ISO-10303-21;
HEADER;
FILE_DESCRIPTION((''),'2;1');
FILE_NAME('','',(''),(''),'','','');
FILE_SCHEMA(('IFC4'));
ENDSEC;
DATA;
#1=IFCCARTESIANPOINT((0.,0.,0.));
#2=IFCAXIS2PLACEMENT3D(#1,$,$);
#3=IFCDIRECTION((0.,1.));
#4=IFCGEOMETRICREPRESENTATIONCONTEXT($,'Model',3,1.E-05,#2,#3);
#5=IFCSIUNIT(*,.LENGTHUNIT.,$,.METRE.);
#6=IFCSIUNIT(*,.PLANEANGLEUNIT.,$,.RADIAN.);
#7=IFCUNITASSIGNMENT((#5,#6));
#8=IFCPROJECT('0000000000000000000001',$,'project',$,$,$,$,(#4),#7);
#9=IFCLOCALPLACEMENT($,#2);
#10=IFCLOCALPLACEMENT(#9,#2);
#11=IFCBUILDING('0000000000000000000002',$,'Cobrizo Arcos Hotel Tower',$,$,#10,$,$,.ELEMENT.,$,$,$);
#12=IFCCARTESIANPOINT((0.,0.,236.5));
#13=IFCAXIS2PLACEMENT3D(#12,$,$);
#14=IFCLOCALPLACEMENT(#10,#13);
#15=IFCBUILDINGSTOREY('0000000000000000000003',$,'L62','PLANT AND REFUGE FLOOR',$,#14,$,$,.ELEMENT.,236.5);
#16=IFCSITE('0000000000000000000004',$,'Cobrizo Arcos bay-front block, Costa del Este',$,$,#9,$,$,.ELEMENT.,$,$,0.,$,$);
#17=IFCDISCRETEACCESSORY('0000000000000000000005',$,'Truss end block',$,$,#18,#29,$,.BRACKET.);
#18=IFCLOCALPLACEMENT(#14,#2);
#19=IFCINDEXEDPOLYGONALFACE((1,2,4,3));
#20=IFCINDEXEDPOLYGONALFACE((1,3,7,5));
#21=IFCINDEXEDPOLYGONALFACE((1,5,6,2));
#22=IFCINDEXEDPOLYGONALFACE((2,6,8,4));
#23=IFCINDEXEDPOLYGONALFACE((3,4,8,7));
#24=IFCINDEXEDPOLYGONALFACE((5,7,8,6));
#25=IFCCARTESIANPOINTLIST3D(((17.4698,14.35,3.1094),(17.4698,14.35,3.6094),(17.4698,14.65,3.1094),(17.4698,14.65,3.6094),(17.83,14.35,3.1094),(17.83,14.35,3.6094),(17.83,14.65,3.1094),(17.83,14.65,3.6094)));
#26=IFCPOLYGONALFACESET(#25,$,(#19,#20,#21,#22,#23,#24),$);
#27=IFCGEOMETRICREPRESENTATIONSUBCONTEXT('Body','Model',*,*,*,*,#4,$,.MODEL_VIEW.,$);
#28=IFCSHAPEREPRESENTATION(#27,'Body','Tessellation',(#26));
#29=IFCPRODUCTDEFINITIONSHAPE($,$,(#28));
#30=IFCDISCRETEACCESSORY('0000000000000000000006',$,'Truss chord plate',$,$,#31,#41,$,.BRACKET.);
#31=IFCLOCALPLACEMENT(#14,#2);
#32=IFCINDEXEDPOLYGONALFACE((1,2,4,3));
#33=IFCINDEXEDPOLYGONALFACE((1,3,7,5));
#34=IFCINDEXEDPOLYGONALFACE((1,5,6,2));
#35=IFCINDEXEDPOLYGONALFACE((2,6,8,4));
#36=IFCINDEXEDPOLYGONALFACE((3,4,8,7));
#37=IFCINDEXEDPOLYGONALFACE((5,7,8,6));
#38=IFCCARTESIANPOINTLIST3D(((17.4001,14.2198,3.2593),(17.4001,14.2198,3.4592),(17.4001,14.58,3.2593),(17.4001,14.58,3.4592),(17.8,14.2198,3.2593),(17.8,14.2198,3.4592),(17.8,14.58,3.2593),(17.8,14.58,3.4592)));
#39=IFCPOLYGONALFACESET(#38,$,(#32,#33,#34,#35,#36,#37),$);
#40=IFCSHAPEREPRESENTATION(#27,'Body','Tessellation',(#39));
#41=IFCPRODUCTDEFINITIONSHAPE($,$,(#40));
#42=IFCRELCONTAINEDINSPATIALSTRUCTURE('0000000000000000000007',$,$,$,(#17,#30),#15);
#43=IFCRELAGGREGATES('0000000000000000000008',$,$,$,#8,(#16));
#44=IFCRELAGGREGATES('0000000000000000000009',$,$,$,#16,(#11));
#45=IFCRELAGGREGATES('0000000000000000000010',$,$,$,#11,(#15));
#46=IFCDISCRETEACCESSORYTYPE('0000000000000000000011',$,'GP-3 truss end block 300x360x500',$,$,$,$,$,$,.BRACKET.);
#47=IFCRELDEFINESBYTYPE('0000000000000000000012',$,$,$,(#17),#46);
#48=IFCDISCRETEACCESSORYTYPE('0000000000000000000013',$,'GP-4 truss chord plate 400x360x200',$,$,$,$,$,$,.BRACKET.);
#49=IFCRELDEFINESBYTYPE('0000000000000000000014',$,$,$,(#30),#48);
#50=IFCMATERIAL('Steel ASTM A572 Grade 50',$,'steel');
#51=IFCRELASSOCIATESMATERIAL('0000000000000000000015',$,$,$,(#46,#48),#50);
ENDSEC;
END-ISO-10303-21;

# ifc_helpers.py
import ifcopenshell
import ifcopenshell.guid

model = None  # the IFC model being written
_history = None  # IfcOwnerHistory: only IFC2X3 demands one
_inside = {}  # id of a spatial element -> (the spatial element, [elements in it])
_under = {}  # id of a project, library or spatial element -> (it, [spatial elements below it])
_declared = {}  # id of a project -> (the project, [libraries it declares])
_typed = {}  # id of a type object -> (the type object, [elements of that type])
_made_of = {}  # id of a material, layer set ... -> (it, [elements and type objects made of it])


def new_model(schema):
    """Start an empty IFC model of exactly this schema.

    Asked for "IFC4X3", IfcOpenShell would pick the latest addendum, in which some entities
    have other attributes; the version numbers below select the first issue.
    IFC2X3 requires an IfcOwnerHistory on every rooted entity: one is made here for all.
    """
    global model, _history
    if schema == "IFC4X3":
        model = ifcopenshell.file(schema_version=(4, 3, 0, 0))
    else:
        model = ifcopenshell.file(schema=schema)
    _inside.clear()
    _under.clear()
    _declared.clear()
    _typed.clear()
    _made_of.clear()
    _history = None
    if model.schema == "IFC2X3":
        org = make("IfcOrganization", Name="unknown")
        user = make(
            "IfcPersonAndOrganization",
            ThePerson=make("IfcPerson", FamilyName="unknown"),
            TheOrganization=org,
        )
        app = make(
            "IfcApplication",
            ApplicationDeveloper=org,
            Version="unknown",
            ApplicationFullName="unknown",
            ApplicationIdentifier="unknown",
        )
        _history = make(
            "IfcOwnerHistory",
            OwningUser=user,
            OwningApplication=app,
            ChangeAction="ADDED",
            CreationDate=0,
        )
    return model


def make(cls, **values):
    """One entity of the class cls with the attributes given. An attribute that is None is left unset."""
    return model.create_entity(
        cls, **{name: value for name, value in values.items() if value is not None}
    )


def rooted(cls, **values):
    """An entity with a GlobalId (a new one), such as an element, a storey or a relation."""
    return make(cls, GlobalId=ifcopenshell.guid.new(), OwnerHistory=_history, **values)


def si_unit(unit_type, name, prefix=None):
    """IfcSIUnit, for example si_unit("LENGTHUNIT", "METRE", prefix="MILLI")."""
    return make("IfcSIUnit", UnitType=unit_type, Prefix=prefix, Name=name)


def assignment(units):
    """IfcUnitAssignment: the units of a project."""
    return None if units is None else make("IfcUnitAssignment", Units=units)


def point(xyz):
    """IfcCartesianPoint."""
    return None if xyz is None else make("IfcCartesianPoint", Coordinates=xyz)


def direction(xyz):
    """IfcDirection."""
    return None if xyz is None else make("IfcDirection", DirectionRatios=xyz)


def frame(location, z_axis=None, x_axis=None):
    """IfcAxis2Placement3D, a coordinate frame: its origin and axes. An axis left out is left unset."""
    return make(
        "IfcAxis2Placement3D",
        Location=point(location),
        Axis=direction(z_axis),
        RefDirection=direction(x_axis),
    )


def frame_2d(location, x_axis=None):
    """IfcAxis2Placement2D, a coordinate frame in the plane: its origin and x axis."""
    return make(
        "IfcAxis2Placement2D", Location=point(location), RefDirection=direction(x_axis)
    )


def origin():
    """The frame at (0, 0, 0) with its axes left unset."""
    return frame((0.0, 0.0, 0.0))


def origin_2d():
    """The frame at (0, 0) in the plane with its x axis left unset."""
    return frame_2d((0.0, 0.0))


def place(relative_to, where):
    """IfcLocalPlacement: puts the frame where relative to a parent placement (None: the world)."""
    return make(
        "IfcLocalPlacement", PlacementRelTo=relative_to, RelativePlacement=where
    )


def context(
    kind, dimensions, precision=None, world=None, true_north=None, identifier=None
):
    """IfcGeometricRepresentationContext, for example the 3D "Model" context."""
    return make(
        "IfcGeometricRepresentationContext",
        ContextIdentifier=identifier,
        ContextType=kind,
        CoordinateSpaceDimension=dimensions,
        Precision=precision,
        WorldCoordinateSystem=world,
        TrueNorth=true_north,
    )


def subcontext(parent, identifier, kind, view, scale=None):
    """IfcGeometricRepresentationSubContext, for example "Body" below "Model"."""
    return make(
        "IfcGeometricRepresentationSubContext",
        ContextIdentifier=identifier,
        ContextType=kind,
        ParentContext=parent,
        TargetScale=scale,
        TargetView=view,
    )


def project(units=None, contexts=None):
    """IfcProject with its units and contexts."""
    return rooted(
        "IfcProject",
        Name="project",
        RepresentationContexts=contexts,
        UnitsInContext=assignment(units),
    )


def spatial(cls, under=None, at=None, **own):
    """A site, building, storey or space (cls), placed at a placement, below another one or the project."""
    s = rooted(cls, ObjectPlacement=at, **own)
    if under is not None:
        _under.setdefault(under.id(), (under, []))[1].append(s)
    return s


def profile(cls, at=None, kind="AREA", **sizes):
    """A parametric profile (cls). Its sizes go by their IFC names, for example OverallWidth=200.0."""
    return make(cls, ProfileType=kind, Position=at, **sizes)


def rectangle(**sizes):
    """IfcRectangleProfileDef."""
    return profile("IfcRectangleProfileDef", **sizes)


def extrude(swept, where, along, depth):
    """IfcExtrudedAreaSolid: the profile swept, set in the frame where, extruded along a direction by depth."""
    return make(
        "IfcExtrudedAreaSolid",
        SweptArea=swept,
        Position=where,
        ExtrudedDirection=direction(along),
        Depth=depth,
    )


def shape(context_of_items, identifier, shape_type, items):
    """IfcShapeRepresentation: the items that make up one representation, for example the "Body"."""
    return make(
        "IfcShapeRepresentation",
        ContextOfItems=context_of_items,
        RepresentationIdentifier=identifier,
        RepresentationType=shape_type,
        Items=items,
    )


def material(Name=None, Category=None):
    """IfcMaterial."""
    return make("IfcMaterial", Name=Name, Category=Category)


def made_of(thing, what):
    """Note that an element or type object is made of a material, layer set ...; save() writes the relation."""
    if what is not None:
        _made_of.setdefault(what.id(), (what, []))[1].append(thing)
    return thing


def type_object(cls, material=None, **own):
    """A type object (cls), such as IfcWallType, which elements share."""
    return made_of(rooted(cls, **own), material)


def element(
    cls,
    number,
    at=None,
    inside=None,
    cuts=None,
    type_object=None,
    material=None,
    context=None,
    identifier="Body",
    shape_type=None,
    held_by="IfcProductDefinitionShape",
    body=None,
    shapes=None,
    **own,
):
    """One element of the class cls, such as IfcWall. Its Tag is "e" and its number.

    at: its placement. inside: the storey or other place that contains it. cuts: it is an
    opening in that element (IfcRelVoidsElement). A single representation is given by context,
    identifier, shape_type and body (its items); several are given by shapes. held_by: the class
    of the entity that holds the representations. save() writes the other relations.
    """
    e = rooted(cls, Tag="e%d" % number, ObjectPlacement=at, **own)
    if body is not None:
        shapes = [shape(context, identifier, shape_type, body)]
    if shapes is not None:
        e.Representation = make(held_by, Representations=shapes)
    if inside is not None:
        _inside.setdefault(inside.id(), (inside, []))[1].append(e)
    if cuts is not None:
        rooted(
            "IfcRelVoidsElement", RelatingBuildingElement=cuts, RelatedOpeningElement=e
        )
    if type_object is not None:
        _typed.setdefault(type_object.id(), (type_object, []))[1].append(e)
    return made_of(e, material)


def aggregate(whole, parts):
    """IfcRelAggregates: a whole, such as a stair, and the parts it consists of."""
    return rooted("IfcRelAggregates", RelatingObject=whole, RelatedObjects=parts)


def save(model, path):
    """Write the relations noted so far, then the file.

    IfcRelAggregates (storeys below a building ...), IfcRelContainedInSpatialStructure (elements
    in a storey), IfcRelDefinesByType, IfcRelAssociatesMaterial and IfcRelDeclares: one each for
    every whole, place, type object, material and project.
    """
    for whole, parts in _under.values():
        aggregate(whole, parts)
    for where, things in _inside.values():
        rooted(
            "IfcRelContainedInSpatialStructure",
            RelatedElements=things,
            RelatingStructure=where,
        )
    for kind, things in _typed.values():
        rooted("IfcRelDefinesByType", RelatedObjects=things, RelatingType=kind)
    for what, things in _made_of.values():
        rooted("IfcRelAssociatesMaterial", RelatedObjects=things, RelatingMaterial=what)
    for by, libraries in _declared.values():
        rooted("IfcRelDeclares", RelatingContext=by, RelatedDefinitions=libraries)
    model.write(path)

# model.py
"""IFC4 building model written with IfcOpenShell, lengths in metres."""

from ifc_helpers import new_model, si_unit, direction, frame, origin, origin_2d, place, context, subcontext, project, spatial, rectangle, extrude, material, type_object, element, save


model = new_model("IFC4")

# Units and contexts
model_context = context("Model", 3, precision=1e-05, world=origin(), true_north=direction((0.0, 1.0)))
body_context = subcontext(model_context, "Body", "Model", "MODEL_VIEW")
ifc_project = project(units=[si_unit("LENGTHUNIT", "METRE"), si_unit("PLANEANGLEUNIT", "RADIAN")], contexts=[model_context])

# Site, building, storey
site_placement = place(None, origin())
site = spatial("IfcSite", under=ifc_project, at=site_placement, Name="Cobrizo Arcos bay-front block, Costa del Este", CompositionType="ELEMENT", RefElevation=0.0)
building_placement = place(site_placement, origin())
building = spatial("IfcBuilding", under=site, at=building_placement, Name="Cobrizo Arcos Hotel Tower", CompositionType="ELEMENT")
storey_placement = place(building_placement, frame((0.0, 0.0, 236.5)))
storey = spatial("IfcBuildingStorey", under=building, at=storey_placement, Name="L62", Description="PLANT AND REFUGE FLOOR", CompositionType="ELEMENT", Elevation=236.5)

# Discrete accessories
ifc_material_1 = material(Name="Steel ASTM A572 Grade 50", Category="steel")
discrete_accessory_type_1 = type_object("IfcDiscreteAccessoryType", Name="GP-3 truss end block 300x360x500", PredefinedType="BRACKET", material=ifc_material_1)
for number, where, z_axis, x_axis, name in (
    (1, (17.6499, 14.5, 3.1094), (0.0, 0.0, 1.0), (0.0, -1.0, 0.0), "Truss end block"),
):
    element("IfcDiscreteAccessory", number, at=place(storey_placement, frame(where, z_axis=z_axis, x_axis=x_axis)), inside=storey, type_object=discrete_accessory_type_1, Name=name, PredefinedType="BRACKET", context=body_context, shape_type="SweptSolid", body=[
        extrude(rectangle(XDim=0.3, YDim=0.3601, at=origin_2d()), origin(), (0.0, 0.0, 1.0), 0.5),
    ])
discrete_accessory_type_2 = type_object("IfcDiscreteAccessoryType", Name="GP-4 truss chord plate 400x360x200", PredefinedType="BRACKET", material=ifc_material_1)
discrete_accessory_placement = place(storey_placement, frame((17.6001, 14.3999, 3.2593), z_axis=(0.0, 0.0, 1.0), x_axis=(-1.0, 0.0, 0.0)))
element("IfcDiscreteAccessory", 2, at=discrete_accessory_placement, inside=storey, type_object=discrete_accessory_type_2, Name="Truss chord plate", PredefinedType="BRACKET", context=body_context, shape_type="SweptSolid", body=[
    extrude(rectangle(XDim=0.3999, YDim=0.3601, at=origin_2d()), origin(), (0.0, 0.0, 1.0), 0.2),
])

save(model, "model.ifc")
